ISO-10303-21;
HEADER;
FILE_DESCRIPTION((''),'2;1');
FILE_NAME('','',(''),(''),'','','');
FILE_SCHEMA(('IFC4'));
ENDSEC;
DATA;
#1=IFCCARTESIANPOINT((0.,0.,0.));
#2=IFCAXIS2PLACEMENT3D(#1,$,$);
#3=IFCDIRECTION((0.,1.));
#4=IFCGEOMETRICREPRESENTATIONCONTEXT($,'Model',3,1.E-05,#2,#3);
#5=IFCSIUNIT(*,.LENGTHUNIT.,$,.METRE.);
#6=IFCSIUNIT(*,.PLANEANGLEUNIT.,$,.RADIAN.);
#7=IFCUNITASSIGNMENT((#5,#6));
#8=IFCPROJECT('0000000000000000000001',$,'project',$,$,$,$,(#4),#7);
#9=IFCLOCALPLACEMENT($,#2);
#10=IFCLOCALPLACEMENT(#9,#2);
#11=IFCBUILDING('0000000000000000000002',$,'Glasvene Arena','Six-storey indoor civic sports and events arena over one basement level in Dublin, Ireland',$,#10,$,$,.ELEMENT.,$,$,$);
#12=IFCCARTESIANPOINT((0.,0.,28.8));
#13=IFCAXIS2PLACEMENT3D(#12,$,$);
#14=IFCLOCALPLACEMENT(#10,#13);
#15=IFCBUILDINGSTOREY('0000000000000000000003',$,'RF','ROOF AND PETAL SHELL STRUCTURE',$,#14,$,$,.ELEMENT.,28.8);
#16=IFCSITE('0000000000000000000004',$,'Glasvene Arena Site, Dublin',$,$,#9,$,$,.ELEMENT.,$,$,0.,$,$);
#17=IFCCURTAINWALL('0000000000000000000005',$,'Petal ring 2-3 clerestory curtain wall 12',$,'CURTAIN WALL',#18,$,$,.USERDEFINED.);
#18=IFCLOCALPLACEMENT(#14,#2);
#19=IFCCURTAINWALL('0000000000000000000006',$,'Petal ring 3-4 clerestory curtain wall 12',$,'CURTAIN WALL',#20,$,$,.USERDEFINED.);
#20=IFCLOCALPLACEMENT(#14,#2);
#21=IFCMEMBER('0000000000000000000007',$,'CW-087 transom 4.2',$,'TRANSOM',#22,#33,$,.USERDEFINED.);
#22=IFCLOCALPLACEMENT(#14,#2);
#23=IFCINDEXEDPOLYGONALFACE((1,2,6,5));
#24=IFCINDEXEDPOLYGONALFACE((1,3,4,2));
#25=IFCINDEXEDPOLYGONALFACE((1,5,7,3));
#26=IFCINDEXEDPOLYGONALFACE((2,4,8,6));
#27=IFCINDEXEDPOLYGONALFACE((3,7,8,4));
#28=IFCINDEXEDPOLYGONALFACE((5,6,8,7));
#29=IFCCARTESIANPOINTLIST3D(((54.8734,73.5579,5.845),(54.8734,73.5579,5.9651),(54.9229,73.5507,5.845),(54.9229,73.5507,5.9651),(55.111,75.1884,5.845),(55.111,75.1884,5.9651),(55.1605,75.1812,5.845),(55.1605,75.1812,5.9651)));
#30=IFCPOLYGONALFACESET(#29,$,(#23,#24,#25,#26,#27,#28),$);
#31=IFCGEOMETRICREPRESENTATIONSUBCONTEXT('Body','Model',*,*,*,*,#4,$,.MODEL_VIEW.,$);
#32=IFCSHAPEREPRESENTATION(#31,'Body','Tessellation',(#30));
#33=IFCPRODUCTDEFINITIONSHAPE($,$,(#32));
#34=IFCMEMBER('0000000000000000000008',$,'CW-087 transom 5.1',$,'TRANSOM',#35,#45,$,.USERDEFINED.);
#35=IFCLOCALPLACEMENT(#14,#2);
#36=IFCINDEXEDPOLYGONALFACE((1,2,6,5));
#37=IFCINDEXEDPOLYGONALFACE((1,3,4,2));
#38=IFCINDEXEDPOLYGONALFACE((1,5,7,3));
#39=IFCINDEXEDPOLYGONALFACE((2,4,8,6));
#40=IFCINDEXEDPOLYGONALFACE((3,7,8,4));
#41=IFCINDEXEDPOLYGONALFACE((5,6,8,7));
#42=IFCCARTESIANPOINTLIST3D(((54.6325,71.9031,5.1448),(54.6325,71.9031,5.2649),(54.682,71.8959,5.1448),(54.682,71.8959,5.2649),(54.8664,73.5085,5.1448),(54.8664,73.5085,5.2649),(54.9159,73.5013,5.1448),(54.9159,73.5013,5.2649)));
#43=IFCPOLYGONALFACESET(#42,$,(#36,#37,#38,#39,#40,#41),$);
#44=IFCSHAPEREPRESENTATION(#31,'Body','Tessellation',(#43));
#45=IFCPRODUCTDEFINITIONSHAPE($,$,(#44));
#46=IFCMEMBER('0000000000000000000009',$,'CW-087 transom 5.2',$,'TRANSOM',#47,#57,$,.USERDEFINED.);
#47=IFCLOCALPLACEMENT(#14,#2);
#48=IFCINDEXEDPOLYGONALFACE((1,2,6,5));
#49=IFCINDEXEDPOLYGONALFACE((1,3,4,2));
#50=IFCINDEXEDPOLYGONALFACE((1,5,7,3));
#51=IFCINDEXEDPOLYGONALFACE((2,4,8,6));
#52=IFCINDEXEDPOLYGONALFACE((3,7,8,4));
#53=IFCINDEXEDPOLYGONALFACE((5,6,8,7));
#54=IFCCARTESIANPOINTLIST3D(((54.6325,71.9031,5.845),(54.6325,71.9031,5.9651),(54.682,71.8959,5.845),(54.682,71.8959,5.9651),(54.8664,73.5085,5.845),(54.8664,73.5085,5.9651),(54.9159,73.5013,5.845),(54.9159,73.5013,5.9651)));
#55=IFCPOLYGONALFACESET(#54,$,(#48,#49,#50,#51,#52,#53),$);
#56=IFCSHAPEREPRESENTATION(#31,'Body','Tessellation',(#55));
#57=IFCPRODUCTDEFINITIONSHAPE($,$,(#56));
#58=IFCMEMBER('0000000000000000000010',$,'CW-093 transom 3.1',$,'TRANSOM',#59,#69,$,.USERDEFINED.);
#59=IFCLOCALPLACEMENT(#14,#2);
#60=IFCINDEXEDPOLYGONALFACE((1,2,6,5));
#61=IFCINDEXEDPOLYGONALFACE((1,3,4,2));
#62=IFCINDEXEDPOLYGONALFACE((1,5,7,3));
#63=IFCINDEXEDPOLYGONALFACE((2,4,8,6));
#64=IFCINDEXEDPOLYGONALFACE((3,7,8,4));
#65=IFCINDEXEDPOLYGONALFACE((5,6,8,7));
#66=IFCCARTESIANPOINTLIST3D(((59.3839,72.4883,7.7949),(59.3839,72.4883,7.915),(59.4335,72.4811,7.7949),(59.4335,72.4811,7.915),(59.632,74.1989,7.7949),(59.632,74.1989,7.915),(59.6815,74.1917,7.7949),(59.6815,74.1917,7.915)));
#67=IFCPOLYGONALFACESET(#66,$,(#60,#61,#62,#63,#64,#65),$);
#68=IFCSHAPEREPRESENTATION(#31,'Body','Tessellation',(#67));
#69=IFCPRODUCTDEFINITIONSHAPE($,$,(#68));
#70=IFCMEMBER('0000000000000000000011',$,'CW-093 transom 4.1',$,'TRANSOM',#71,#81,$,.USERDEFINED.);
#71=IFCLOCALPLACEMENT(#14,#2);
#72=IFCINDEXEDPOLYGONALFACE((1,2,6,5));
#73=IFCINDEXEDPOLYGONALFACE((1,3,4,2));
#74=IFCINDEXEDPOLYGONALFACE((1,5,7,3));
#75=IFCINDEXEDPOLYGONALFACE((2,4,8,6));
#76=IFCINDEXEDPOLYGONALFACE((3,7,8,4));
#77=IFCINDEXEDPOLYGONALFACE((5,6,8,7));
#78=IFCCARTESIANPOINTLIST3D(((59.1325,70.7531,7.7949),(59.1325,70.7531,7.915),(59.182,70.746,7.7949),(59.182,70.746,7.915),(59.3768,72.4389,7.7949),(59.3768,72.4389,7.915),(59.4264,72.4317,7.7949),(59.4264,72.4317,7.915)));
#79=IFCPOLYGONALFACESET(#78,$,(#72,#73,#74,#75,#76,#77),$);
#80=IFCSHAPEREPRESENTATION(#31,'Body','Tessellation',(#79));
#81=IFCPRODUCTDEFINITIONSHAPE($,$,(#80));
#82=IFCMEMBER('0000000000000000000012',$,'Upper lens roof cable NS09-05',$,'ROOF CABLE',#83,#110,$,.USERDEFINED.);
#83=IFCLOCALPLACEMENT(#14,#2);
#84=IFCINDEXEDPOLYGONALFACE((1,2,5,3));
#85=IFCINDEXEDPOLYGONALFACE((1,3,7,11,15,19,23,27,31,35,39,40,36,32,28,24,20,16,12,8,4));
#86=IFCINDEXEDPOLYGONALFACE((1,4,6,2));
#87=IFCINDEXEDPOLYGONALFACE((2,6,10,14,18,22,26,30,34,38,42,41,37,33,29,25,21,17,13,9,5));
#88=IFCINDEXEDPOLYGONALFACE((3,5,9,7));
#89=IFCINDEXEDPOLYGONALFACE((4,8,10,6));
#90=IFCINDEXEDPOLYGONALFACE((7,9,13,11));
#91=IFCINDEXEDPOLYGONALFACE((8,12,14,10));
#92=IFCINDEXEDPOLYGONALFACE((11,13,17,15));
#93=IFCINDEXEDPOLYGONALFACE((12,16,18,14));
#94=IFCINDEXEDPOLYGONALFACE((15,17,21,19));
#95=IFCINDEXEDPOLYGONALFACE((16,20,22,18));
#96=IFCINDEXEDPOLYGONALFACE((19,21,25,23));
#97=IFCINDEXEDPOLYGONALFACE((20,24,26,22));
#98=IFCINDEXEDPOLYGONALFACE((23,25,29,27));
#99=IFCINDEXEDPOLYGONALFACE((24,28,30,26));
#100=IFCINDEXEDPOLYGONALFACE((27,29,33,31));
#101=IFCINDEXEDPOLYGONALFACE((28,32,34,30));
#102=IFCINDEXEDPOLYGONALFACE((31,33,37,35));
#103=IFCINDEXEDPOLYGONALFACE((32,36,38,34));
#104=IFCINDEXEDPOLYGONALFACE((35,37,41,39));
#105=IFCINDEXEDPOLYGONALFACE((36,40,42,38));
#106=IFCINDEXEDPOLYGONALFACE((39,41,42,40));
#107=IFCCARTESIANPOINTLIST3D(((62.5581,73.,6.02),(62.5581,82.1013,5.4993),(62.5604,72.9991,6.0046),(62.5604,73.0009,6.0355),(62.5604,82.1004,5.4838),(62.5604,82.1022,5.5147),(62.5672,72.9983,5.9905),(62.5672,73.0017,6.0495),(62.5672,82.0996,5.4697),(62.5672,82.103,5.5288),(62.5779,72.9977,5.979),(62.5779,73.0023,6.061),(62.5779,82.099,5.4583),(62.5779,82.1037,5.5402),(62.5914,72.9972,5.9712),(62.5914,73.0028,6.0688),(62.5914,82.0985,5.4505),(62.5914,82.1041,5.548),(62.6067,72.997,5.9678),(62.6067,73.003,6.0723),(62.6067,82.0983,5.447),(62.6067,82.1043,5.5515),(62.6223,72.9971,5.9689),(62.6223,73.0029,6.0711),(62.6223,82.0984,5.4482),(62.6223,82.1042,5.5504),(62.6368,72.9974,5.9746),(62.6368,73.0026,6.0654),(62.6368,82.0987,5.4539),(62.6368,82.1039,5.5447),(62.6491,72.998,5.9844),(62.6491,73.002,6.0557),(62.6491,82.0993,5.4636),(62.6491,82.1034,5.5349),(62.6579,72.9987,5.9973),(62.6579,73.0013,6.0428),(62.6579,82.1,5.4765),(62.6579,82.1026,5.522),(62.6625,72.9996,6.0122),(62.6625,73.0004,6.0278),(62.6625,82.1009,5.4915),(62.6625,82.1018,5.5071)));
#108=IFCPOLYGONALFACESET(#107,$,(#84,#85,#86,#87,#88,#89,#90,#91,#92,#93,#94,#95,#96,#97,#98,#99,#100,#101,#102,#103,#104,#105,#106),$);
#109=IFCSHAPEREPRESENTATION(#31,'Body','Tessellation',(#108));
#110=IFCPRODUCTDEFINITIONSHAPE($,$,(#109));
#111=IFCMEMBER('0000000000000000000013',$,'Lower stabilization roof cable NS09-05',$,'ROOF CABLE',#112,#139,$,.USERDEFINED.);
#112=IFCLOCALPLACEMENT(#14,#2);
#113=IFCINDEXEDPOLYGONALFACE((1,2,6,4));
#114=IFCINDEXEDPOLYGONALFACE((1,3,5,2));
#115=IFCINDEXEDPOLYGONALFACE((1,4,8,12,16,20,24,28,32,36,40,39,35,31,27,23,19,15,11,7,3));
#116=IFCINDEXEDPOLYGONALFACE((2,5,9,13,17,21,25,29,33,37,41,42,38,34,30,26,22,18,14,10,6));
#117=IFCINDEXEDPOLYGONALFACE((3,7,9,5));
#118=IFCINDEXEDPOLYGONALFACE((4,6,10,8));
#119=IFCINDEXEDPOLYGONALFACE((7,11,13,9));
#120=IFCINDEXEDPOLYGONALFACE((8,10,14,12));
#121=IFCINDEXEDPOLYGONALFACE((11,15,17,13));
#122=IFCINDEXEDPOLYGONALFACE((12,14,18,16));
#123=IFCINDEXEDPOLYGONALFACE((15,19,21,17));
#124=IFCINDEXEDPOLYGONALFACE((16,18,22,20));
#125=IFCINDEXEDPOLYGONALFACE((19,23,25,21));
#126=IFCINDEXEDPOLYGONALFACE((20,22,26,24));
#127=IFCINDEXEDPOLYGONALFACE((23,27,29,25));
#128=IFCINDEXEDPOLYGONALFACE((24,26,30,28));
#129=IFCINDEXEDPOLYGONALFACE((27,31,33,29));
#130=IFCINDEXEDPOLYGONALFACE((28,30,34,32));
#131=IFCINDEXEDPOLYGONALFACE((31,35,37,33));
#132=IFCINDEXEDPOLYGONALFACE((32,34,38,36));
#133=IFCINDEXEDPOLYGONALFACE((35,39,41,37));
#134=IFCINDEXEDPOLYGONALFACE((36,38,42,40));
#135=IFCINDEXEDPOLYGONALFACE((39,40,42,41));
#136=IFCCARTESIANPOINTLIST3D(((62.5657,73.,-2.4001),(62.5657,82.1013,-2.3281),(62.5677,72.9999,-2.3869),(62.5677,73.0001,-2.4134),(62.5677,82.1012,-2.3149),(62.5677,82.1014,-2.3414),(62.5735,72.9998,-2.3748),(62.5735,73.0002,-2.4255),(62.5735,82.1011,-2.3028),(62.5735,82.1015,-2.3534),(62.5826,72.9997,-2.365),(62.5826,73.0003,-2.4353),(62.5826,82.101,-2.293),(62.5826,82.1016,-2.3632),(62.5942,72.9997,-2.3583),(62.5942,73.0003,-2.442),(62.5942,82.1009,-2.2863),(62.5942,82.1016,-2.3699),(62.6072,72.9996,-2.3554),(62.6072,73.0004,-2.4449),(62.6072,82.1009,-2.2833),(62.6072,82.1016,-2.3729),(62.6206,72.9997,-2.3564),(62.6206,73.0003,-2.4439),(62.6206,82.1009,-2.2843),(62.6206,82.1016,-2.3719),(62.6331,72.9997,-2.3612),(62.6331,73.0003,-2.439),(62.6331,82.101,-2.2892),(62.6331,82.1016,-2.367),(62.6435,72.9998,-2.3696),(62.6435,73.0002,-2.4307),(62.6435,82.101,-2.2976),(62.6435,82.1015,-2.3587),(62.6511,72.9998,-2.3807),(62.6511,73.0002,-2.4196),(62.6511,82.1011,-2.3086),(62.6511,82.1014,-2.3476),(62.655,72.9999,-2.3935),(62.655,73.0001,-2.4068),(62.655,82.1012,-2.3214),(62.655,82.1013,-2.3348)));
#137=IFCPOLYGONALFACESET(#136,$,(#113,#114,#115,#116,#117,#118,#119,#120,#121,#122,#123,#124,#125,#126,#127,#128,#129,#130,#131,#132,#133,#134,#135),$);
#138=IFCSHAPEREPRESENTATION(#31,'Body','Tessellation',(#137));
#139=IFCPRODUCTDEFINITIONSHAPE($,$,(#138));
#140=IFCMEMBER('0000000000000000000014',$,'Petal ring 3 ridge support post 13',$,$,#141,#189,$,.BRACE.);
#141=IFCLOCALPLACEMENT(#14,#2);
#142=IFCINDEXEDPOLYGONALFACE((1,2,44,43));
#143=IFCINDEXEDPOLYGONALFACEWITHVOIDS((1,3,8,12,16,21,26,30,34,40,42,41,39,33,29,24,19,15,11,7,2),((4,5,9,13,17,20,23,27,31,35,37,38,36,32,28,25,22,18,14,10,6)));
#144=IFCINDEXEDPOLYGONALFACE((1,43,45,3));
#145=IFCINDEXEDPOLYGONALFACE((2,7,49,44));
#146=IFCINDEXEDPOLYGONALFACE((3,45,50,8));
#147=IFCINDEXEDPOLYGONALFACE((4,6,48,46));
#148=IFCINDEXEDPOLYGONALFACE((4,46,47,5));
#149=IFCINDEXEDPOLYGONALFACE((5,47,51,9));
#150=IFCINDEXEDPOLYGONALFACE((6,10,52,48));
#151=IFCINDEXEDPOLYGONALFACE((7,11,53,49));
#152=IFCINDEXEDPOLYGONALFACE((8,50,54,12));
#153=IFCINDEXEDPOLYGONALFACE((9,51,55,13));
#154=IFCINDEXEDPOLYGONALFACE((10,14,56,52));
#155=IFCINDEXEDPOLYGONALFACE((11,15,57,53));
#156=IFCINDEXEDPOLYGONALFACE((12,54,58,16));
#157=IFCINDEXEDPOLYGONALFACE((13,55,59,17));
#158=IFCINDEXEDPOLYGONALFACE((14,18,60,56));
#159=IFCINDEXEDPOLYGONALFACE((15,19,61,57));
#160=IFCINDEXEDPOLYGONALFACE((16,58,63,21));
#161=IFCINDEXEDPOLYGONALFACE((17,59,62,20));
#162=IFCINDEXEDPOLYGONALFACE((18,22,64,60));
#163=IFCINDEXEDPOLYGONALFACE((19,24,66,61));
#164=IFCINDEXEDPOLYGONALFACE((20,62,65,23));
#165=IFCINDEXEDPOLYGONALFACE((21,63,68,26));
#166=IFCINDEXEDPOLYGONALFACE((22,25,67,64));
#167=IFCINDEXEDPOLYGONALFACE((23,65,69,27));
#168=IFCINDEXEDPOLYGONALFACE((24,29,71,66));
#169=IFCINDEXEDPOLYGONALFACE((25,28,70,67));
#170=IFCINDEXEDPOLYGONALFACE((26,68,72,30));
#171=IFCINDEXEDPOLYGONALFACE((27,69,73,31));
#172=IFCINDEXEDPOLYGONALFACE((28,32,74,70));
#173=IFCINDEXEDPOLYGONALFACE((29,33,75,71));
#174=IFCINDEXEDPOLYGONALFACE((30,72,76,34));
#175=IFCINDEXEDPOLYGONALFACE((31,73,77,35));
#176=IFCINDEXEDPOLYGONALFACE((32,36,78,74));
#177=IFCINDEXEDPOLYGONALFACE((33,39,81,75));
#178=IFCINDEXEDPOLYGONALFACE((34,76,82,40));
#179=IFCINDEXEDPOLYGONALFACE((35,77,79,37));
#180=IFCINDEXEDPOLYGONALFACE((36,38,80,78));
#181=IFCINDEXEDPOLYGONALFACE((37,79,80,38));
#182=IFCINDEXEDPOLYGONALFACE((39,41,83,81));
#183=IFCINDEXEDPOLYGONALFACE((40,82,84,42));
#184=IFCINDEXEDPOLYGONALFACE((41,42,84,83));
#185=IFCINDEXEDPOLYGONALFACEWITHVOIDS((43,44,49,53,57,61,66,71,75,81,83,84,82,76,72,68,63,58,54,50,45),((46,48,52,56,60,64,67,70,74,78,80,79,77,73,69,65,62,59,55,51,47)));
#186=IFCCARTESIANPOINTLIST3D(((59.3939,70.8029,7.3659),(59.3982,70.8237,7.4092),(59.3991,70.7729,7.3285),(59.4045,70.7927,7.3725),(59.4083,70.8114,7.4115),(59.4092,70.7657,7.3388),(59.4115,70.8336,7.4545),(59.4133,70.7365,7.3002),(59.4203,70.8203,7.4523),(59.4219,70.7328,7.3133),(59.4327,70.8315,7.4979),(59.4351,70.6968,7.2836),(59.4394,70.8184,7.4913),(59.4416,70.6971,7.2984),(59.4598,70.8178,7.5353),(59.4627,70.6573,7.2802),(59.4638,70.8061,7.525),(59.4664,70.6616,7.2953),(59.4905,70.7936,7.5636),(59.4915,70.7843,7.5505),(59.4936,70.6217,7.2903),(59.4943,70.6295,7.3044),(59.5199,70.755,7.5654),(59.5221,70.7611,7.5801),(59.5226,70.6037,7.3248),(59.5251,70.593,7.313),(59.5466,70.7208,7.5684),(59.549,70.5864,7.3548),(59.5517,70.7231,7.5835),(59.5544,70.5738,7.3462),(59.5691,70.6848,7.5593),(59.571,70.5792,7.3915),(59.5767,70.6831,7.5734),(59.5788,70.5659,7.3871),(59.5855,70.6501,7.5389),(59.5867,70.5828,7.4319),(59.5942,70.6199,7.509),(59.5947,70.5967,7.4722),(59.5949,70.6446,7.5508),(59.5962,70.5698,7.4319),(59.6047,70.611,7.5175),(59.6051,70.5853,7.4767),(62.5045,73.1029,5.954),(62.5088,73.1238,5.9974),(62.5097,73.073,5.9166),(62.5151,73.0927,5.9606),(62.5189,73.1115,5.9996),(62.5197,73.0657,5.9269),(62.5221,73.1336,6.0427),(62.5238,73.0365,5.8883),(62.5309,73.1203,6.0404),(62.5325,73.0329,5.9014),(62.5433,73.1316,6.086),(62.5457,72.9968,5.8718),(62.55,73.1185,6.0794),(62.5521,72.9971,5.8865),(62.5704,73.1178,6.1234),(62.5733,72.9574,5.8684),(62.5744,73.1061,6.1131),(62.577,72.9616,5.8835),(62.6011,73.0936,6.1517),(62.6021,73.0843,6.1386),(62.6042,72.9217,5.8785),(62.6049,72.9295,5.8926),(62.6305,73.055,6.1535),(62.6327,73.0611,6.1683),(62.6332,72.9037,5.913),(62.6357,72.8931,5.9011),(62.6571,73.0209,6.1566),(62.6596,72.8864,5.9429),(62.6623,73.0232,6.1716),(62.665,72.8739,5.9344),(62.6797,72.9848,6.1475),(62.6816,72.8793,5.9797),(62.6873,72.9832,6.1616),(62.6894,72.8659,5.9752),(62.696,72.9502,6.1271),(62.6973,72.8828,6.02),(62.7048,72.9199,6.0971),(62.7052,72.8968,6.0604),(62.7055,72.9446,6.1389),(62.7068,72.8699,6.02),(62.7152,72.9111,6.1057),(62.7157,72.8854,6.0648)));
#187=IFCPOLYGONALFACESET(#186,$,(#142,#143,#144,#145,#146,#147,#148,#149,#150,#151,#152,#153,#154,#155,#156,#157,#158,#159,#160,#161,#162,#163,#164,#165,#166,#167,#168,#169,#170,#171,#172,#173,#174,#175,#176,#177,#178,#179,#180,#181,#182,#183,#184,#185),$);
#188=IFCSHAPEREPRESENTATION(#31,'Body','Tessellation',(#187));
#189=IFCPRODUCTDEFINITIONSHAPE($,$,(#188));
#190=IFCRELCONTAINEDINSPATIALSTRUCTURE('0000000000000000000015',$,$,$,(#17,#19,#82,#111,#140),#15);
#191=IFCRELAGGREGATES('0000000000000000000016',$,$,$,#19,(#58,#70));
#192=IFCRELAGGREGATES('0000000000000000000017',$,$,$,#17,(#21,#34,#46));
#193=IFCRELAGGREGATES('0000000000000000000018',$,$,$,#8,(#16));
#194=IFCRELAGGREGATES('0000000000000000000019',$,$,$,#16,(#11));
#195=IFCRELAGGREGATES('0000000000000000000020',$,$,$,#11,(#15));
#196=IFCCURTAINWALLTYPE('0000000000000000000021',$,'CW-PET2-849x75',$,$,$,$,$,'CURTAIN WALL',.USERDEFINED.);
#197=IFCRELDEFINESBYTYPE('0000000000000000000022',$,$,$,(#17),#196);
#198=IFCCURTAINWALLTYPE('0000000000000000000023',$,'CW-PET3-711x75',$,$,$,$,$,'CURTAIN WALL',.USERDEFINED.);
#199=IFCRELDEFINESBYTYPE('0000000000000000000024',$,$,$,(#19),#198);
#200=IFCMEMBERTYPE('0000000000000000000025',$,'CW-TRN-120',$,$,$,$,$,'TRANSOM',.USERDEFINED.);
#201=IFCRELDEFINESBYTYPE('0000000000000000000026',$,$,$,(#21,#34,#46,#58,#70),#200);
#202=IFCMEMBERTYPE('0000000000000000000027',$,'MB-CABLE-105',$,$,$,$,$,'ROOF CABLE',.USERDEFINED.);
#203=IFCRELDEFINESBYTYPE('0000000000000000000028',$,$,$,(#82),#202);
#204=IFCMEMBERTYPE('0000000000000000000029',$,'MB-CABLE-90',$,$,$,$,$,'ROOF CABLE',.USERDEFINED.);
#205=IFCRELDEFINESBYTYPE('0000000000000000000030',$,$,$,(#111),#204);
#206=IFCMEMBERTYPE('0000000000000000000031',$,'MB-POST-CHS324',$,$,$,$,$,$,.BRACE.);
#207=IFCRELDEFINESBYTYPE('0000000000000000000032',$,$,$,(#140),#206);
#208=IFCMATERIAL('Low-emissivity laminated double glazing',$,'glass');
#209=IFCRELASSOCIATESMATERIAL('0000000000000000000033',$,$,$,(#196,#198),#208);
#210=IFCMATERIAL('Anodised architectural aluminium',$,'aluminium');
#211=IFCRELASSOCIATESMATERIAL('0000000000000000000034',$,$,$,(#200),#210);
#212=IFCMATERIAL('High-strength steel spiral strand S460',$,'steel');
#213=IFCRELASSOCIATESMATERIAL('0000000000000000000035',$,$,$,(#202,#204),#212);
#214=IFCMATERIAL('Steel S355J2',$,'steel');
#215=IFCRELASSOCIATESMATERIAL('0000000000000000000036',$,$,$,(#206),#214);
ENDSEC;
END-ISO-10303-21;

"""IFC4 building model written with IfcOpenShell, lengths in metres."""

from ifc_helpers import new_model, si_unit, direction, frame, origin, origin_2d, place, context, subcontext, project, spatial, rectangle, circle, hollow_circle, extrude, material, material_profile, profile_set, type_object, element, aggregate, save


model = new_model("IFC4")

# Units and contexts
model_context = context("Model", 3, precision=1e-05, world=origin(), true_north=direction((0.0, 1.0)))
body_context = subcontext(model_context, "Body", "Model", "MODEL_VIEW")
ifc_project = project(units=[si_unit("LENGTHUNIT", "METRE"), si_unit("PLANEANGLEUNIT", "RADIAN")], contexts=[model_context])

# Site, building, storey
site_placement = place(None, origin())
site = spatial("IfcSite", under=ifc_project, at=site_placement, Name="Glasvene Arena Site, Dublin", CompositionType="ELEMENT", RefElevation=0.0)
building_placement = place(site_placement, origin())
building = spatial("IfcBuilding", under=site, at=building_placement, Name="Glasvene Arena", Description="Six-storey indoor civic sports and events arena over one basement level in Dublin, Ireland", CompositionType="ELEMENT")
storey_placement = place(building_placement, frame((0.0, 0.0, 28.8)))
storey = spatial("IfcBuildingStorey", under=building, at=storey_placement, Name="RF", Description="ROOF AND PETAL SHELL STRUCTURE", CompositionType="ELEMENT", Elevation=28.8)

# Curtain walls
ifc_material_1 = material(Name="Low-emissivity laminated double glazing", Category="glass")
curtain_wall_type_1 = type_object("IfcCurtainWallType", Name="CW-PET2-849x75", ElementType="CURTAIN WALL", PredefinedType="USERDEFINED", material=ifc_material_1)
curtain_wall_1_placement = place(storey_placement, frame((55.8733, 80.2488, 0.0)))
curtain_wall_1 = element("IfcCurtainWall", 1, at=curtain_wall_1_placement, inside=storey, type_object=curtain_wall_type_1, Name="Petal ring 2-3 clerestory curtain wall 12", ObjectType="CURTAIN WALL", PredefinedType="USERDEFINED")
ifc_material_2 = material(Name="Anodised architectural aluminium", Category="aluminium")
curtain_wall_type_2 = type_object("IfcCurtainWallType", Name="CW-PET3-711x75", ElementType="CURTAIN WALL", PredefinedType="USERDEFINED", material=ifc_material_1)
curtain_wall_2_placement = place(storey_placement, frame((60.1704, 77.74, 0.0)))
curtain_wall_2 = element("IfcCurtainWall", 2, at=curtain_wall_2_placement, inside=storey, type_object=curtain_wall_type_2, Name="Petal ring 3-4 clerestory curtain wall 12", ObjectType="CURTAIN WALL", PredefinedType="USERDEFINED")

# Members
ifc_material_profile_1 = material_profile(ifc_material_2, rectangle(XDim=0.05, YDim=0.1201, at=origin_2d()), Name="ALU TRANSOM 50x120")
ifc_profile_set_1 = profile_set([ifc_material_profile_1], Name="Anodised architectural aluminium")
member_type_1 = type_object("IfcMemberType", Name="CW-TRN-120", ElementType="TRANSOM", PredefinedType="USERDEFINED", material=ifc_profile_set_1)
member_1_placement = place(storey_placement, frame((55.1357, 75.1848, 5.905), z_axis=(-0.14418, -0.989551, 0.0), x_axis=(0.989551, -0.14418, 0.0)))
member_1 = element("IfcMember", 3, at=member_1_placement, type_object=member_type_1, Name="CW-087 transom 4.2", ObjectType="TRANSOM", PredefinedType="USERDEFINED", context=body_context, shape_type="SweptSolid", body=[
    extrude(rectangle(XDim=0.05, YDim=0.1201, at=origin_2d()), origin(), (0.0, 0.0, 1.0), 1.6477),
])
member_2_placement = place(storey_placement, frame((54.8911, 73.5049, 5.2048), z_axis=(-0.14416, -0.989554, 0.0), x_axis=(0.989554, -0.14416, 0.0)))
member_2 = element("IfcMember", 4, at=member_2_placement, type_object=member_type_1, Name="CW-087 transom 5.1", ObjectType="TRANSOM", PredefinedType="USERDEFINED", context=body_context, shape_type="SweptSolid", body=[
    extrude(rectangle(XDim=0.05, YDim=0.1201, at=origin_2d()), origin(), (0.0, 0.0, 1.0), 1.6223),
])
member_3_placement = place(storey_placement, frame((54.8911, 73.5049, 5.905), z_axis=(-0.14416, -0.989554, 0.0), x_axis=(0.989554, -0.14416, 0.0)))
member_3 = element("IfcMember", 5, at=member_3_placement, type_object=member_type_1, Name="CW-087 transom 5.2", ObjectType="TRANSOM", PredefinedType="USERDEFINED", context=body_context, shape_type="SweptSolid", body=[
    extrude(rectangle(XDim=0.05, YDim=0.1201, at=origin_2d()), origin(), (0.0, 0.0, 1.0), 1.6223),
])
member_4_placement = place(storey_placement, frame((59.6567, 74.1953, 7.855), z_axis=(-0.143497, -0.989651, 0.0), x_axis=(0.989651, -0.143497, 0.0)))
member_4 = element("IfcMember", 6, at=member_4_placement, type_object=member_type_1, Name="CW-093 transom 3.1", ObjectType="TRANSOM", PredefinedType="USERDEFINED", context=body_context, shape_type="SweptSolid", body=[
    extrude(rectangle(XDim=0.05, YDim=0.1201, at=origin_2d()), origin(), (0.0, 0.0, 1.0), 1.7285),
])
member_5_placement = place(storey_placement, frame((59.4016, 72.4353, 7.855), z_axis=(-0.143468, -0.989655, 0.0), x_axis=(0.989655, -0.143468, 0.0)))
member_5 = element("IfcMember", 7, at=member_5_placement, type_object=member_type_1, Name="CW-093 transom 4.1", ObjectType="TRANSOM", PredefinedType="USERDEFINED", context=body_context, shape_type="SweptSolid", body=[
    extrude(rectangle(XDim=0.05, YDim=0.1201, at=origin_2d()), origin(), (0.0, 0.0, 1.0), 1.7034),
])
aggregate(curtain_wall_2, [member_4, member_5])

# Members
ifc_material_3 = material(Name="High-strength steel spiral strand S460", Category="steel")
ifc_material_profile_2 = material_profile(ifc_material_3, circle(Radius=0.0525, at=origin_2d()), Name="LCSS D105")
ifc_profile_set_2 = profile_set([ifc_material_profile_2], Name="High-strength steel spiral strand S460")
member_type_2 = type_object("IfcMemberType", Name="MB-CABLE-105", ElementType="ROOF CABLE", PredefinedType="USERDEFINED", material=ifc_profile_set_2)
member_6_placement = place(storey_placement, frame((62.6106, 73.0, 6.02), z_axis=(0.0, 0.998367, -0.057124), x_axis=(-1.0, 0.0, 0.0)))
element("IfcMember", 8, at=member_6_placement, inside=storey, type_object=member_type_2, Name="Upper lens roof cable NS09-05", ObjectType="ROOF CABLE", PredefinedType="USERDEFINED", context=body_context, shape_type="SweptSolid", body=[
    extrude(circle(Radius=0.0525, at=origin_2d()), origin(), (0.0, 0.0, 1.0), 9.1162),
])
ifc_material_profile_3 = material_profile(ifc_material_3, circle(Radius=0.0449, at=origin_2d()), Name="LCSS D90")
ifc_profile_set_3 = profile_set([ifc_material_profile_3], Name="High-strength steel spiral strand S460")
member_type_3 = type_object("IfcMemberType", Name="MB-CABLE-90", ElementType="ROOF CABLE", PredefinedType="USERDEFINED", material=ifc_profile_set_3)
member_7_placement = place(storey_placement, frame((62.6106, 73.0, -2.4001), z_axis=(0.0, 0.999969, 0.007913), x_axis=(-1.0, 0.0, 0.0)))
element("IfcMember", 9, at=member_7_placement, inside=storey, type_object=member_type_3, Name="Lower stabilization roof cable NS09-05", ObjectType="ROOF CABLE", PredefinedType="USERDEFINED", context=body_context, shape_type="SweptSolid", body=[
    extrude(circle(Radius=0.0449, at=origin_2d()), origin(), (0.0, 0.0, 1.0), 9.1016),
])
ifc_material_4 = material(Name="Steel S355J2", Category="steel")
ifc_material_profile_4 = material_profile(ifc_material_4, hollow_circle(Radius=0.1619, WallThickness=0.0161, at=origin_2d()), Name="CHS 323.9x16.0")
ifc_profile_set_4 = profile_set([ifc_material_profile_4], Name="Steel S355J2")
member_type_4 = type_object("IfcMemberType", Name="MB-POST-CHS324", PredefinedType="BRACE", material=ifc_profile_set_4)
member_8_placement = place(storey_placement, frame((62.6106, 73.0, 6.02), z_axis=(-0.755333, -0.558511, 0.342837), x_axis=(0.594544, -0.804063, 0.0)))
element("IfcMember", 10, at=member_8_placement, inside=storey, type_object=member_type_4, Name="Petal ring 3 ridge support post 13", PredefinedType="BRACE", context=body_context, shape_type="SweptSolid", body=[
    extrude(hollow_circle(Radius=0.1619, WallThickness=0.0161, at=origin_2d()), origin(), (0.0, 0.0, 1.0), 4.1182),
])

aggregate(curtain_wall_1, [member_1, member_2, member_3])

save(model, "model.ifc")
